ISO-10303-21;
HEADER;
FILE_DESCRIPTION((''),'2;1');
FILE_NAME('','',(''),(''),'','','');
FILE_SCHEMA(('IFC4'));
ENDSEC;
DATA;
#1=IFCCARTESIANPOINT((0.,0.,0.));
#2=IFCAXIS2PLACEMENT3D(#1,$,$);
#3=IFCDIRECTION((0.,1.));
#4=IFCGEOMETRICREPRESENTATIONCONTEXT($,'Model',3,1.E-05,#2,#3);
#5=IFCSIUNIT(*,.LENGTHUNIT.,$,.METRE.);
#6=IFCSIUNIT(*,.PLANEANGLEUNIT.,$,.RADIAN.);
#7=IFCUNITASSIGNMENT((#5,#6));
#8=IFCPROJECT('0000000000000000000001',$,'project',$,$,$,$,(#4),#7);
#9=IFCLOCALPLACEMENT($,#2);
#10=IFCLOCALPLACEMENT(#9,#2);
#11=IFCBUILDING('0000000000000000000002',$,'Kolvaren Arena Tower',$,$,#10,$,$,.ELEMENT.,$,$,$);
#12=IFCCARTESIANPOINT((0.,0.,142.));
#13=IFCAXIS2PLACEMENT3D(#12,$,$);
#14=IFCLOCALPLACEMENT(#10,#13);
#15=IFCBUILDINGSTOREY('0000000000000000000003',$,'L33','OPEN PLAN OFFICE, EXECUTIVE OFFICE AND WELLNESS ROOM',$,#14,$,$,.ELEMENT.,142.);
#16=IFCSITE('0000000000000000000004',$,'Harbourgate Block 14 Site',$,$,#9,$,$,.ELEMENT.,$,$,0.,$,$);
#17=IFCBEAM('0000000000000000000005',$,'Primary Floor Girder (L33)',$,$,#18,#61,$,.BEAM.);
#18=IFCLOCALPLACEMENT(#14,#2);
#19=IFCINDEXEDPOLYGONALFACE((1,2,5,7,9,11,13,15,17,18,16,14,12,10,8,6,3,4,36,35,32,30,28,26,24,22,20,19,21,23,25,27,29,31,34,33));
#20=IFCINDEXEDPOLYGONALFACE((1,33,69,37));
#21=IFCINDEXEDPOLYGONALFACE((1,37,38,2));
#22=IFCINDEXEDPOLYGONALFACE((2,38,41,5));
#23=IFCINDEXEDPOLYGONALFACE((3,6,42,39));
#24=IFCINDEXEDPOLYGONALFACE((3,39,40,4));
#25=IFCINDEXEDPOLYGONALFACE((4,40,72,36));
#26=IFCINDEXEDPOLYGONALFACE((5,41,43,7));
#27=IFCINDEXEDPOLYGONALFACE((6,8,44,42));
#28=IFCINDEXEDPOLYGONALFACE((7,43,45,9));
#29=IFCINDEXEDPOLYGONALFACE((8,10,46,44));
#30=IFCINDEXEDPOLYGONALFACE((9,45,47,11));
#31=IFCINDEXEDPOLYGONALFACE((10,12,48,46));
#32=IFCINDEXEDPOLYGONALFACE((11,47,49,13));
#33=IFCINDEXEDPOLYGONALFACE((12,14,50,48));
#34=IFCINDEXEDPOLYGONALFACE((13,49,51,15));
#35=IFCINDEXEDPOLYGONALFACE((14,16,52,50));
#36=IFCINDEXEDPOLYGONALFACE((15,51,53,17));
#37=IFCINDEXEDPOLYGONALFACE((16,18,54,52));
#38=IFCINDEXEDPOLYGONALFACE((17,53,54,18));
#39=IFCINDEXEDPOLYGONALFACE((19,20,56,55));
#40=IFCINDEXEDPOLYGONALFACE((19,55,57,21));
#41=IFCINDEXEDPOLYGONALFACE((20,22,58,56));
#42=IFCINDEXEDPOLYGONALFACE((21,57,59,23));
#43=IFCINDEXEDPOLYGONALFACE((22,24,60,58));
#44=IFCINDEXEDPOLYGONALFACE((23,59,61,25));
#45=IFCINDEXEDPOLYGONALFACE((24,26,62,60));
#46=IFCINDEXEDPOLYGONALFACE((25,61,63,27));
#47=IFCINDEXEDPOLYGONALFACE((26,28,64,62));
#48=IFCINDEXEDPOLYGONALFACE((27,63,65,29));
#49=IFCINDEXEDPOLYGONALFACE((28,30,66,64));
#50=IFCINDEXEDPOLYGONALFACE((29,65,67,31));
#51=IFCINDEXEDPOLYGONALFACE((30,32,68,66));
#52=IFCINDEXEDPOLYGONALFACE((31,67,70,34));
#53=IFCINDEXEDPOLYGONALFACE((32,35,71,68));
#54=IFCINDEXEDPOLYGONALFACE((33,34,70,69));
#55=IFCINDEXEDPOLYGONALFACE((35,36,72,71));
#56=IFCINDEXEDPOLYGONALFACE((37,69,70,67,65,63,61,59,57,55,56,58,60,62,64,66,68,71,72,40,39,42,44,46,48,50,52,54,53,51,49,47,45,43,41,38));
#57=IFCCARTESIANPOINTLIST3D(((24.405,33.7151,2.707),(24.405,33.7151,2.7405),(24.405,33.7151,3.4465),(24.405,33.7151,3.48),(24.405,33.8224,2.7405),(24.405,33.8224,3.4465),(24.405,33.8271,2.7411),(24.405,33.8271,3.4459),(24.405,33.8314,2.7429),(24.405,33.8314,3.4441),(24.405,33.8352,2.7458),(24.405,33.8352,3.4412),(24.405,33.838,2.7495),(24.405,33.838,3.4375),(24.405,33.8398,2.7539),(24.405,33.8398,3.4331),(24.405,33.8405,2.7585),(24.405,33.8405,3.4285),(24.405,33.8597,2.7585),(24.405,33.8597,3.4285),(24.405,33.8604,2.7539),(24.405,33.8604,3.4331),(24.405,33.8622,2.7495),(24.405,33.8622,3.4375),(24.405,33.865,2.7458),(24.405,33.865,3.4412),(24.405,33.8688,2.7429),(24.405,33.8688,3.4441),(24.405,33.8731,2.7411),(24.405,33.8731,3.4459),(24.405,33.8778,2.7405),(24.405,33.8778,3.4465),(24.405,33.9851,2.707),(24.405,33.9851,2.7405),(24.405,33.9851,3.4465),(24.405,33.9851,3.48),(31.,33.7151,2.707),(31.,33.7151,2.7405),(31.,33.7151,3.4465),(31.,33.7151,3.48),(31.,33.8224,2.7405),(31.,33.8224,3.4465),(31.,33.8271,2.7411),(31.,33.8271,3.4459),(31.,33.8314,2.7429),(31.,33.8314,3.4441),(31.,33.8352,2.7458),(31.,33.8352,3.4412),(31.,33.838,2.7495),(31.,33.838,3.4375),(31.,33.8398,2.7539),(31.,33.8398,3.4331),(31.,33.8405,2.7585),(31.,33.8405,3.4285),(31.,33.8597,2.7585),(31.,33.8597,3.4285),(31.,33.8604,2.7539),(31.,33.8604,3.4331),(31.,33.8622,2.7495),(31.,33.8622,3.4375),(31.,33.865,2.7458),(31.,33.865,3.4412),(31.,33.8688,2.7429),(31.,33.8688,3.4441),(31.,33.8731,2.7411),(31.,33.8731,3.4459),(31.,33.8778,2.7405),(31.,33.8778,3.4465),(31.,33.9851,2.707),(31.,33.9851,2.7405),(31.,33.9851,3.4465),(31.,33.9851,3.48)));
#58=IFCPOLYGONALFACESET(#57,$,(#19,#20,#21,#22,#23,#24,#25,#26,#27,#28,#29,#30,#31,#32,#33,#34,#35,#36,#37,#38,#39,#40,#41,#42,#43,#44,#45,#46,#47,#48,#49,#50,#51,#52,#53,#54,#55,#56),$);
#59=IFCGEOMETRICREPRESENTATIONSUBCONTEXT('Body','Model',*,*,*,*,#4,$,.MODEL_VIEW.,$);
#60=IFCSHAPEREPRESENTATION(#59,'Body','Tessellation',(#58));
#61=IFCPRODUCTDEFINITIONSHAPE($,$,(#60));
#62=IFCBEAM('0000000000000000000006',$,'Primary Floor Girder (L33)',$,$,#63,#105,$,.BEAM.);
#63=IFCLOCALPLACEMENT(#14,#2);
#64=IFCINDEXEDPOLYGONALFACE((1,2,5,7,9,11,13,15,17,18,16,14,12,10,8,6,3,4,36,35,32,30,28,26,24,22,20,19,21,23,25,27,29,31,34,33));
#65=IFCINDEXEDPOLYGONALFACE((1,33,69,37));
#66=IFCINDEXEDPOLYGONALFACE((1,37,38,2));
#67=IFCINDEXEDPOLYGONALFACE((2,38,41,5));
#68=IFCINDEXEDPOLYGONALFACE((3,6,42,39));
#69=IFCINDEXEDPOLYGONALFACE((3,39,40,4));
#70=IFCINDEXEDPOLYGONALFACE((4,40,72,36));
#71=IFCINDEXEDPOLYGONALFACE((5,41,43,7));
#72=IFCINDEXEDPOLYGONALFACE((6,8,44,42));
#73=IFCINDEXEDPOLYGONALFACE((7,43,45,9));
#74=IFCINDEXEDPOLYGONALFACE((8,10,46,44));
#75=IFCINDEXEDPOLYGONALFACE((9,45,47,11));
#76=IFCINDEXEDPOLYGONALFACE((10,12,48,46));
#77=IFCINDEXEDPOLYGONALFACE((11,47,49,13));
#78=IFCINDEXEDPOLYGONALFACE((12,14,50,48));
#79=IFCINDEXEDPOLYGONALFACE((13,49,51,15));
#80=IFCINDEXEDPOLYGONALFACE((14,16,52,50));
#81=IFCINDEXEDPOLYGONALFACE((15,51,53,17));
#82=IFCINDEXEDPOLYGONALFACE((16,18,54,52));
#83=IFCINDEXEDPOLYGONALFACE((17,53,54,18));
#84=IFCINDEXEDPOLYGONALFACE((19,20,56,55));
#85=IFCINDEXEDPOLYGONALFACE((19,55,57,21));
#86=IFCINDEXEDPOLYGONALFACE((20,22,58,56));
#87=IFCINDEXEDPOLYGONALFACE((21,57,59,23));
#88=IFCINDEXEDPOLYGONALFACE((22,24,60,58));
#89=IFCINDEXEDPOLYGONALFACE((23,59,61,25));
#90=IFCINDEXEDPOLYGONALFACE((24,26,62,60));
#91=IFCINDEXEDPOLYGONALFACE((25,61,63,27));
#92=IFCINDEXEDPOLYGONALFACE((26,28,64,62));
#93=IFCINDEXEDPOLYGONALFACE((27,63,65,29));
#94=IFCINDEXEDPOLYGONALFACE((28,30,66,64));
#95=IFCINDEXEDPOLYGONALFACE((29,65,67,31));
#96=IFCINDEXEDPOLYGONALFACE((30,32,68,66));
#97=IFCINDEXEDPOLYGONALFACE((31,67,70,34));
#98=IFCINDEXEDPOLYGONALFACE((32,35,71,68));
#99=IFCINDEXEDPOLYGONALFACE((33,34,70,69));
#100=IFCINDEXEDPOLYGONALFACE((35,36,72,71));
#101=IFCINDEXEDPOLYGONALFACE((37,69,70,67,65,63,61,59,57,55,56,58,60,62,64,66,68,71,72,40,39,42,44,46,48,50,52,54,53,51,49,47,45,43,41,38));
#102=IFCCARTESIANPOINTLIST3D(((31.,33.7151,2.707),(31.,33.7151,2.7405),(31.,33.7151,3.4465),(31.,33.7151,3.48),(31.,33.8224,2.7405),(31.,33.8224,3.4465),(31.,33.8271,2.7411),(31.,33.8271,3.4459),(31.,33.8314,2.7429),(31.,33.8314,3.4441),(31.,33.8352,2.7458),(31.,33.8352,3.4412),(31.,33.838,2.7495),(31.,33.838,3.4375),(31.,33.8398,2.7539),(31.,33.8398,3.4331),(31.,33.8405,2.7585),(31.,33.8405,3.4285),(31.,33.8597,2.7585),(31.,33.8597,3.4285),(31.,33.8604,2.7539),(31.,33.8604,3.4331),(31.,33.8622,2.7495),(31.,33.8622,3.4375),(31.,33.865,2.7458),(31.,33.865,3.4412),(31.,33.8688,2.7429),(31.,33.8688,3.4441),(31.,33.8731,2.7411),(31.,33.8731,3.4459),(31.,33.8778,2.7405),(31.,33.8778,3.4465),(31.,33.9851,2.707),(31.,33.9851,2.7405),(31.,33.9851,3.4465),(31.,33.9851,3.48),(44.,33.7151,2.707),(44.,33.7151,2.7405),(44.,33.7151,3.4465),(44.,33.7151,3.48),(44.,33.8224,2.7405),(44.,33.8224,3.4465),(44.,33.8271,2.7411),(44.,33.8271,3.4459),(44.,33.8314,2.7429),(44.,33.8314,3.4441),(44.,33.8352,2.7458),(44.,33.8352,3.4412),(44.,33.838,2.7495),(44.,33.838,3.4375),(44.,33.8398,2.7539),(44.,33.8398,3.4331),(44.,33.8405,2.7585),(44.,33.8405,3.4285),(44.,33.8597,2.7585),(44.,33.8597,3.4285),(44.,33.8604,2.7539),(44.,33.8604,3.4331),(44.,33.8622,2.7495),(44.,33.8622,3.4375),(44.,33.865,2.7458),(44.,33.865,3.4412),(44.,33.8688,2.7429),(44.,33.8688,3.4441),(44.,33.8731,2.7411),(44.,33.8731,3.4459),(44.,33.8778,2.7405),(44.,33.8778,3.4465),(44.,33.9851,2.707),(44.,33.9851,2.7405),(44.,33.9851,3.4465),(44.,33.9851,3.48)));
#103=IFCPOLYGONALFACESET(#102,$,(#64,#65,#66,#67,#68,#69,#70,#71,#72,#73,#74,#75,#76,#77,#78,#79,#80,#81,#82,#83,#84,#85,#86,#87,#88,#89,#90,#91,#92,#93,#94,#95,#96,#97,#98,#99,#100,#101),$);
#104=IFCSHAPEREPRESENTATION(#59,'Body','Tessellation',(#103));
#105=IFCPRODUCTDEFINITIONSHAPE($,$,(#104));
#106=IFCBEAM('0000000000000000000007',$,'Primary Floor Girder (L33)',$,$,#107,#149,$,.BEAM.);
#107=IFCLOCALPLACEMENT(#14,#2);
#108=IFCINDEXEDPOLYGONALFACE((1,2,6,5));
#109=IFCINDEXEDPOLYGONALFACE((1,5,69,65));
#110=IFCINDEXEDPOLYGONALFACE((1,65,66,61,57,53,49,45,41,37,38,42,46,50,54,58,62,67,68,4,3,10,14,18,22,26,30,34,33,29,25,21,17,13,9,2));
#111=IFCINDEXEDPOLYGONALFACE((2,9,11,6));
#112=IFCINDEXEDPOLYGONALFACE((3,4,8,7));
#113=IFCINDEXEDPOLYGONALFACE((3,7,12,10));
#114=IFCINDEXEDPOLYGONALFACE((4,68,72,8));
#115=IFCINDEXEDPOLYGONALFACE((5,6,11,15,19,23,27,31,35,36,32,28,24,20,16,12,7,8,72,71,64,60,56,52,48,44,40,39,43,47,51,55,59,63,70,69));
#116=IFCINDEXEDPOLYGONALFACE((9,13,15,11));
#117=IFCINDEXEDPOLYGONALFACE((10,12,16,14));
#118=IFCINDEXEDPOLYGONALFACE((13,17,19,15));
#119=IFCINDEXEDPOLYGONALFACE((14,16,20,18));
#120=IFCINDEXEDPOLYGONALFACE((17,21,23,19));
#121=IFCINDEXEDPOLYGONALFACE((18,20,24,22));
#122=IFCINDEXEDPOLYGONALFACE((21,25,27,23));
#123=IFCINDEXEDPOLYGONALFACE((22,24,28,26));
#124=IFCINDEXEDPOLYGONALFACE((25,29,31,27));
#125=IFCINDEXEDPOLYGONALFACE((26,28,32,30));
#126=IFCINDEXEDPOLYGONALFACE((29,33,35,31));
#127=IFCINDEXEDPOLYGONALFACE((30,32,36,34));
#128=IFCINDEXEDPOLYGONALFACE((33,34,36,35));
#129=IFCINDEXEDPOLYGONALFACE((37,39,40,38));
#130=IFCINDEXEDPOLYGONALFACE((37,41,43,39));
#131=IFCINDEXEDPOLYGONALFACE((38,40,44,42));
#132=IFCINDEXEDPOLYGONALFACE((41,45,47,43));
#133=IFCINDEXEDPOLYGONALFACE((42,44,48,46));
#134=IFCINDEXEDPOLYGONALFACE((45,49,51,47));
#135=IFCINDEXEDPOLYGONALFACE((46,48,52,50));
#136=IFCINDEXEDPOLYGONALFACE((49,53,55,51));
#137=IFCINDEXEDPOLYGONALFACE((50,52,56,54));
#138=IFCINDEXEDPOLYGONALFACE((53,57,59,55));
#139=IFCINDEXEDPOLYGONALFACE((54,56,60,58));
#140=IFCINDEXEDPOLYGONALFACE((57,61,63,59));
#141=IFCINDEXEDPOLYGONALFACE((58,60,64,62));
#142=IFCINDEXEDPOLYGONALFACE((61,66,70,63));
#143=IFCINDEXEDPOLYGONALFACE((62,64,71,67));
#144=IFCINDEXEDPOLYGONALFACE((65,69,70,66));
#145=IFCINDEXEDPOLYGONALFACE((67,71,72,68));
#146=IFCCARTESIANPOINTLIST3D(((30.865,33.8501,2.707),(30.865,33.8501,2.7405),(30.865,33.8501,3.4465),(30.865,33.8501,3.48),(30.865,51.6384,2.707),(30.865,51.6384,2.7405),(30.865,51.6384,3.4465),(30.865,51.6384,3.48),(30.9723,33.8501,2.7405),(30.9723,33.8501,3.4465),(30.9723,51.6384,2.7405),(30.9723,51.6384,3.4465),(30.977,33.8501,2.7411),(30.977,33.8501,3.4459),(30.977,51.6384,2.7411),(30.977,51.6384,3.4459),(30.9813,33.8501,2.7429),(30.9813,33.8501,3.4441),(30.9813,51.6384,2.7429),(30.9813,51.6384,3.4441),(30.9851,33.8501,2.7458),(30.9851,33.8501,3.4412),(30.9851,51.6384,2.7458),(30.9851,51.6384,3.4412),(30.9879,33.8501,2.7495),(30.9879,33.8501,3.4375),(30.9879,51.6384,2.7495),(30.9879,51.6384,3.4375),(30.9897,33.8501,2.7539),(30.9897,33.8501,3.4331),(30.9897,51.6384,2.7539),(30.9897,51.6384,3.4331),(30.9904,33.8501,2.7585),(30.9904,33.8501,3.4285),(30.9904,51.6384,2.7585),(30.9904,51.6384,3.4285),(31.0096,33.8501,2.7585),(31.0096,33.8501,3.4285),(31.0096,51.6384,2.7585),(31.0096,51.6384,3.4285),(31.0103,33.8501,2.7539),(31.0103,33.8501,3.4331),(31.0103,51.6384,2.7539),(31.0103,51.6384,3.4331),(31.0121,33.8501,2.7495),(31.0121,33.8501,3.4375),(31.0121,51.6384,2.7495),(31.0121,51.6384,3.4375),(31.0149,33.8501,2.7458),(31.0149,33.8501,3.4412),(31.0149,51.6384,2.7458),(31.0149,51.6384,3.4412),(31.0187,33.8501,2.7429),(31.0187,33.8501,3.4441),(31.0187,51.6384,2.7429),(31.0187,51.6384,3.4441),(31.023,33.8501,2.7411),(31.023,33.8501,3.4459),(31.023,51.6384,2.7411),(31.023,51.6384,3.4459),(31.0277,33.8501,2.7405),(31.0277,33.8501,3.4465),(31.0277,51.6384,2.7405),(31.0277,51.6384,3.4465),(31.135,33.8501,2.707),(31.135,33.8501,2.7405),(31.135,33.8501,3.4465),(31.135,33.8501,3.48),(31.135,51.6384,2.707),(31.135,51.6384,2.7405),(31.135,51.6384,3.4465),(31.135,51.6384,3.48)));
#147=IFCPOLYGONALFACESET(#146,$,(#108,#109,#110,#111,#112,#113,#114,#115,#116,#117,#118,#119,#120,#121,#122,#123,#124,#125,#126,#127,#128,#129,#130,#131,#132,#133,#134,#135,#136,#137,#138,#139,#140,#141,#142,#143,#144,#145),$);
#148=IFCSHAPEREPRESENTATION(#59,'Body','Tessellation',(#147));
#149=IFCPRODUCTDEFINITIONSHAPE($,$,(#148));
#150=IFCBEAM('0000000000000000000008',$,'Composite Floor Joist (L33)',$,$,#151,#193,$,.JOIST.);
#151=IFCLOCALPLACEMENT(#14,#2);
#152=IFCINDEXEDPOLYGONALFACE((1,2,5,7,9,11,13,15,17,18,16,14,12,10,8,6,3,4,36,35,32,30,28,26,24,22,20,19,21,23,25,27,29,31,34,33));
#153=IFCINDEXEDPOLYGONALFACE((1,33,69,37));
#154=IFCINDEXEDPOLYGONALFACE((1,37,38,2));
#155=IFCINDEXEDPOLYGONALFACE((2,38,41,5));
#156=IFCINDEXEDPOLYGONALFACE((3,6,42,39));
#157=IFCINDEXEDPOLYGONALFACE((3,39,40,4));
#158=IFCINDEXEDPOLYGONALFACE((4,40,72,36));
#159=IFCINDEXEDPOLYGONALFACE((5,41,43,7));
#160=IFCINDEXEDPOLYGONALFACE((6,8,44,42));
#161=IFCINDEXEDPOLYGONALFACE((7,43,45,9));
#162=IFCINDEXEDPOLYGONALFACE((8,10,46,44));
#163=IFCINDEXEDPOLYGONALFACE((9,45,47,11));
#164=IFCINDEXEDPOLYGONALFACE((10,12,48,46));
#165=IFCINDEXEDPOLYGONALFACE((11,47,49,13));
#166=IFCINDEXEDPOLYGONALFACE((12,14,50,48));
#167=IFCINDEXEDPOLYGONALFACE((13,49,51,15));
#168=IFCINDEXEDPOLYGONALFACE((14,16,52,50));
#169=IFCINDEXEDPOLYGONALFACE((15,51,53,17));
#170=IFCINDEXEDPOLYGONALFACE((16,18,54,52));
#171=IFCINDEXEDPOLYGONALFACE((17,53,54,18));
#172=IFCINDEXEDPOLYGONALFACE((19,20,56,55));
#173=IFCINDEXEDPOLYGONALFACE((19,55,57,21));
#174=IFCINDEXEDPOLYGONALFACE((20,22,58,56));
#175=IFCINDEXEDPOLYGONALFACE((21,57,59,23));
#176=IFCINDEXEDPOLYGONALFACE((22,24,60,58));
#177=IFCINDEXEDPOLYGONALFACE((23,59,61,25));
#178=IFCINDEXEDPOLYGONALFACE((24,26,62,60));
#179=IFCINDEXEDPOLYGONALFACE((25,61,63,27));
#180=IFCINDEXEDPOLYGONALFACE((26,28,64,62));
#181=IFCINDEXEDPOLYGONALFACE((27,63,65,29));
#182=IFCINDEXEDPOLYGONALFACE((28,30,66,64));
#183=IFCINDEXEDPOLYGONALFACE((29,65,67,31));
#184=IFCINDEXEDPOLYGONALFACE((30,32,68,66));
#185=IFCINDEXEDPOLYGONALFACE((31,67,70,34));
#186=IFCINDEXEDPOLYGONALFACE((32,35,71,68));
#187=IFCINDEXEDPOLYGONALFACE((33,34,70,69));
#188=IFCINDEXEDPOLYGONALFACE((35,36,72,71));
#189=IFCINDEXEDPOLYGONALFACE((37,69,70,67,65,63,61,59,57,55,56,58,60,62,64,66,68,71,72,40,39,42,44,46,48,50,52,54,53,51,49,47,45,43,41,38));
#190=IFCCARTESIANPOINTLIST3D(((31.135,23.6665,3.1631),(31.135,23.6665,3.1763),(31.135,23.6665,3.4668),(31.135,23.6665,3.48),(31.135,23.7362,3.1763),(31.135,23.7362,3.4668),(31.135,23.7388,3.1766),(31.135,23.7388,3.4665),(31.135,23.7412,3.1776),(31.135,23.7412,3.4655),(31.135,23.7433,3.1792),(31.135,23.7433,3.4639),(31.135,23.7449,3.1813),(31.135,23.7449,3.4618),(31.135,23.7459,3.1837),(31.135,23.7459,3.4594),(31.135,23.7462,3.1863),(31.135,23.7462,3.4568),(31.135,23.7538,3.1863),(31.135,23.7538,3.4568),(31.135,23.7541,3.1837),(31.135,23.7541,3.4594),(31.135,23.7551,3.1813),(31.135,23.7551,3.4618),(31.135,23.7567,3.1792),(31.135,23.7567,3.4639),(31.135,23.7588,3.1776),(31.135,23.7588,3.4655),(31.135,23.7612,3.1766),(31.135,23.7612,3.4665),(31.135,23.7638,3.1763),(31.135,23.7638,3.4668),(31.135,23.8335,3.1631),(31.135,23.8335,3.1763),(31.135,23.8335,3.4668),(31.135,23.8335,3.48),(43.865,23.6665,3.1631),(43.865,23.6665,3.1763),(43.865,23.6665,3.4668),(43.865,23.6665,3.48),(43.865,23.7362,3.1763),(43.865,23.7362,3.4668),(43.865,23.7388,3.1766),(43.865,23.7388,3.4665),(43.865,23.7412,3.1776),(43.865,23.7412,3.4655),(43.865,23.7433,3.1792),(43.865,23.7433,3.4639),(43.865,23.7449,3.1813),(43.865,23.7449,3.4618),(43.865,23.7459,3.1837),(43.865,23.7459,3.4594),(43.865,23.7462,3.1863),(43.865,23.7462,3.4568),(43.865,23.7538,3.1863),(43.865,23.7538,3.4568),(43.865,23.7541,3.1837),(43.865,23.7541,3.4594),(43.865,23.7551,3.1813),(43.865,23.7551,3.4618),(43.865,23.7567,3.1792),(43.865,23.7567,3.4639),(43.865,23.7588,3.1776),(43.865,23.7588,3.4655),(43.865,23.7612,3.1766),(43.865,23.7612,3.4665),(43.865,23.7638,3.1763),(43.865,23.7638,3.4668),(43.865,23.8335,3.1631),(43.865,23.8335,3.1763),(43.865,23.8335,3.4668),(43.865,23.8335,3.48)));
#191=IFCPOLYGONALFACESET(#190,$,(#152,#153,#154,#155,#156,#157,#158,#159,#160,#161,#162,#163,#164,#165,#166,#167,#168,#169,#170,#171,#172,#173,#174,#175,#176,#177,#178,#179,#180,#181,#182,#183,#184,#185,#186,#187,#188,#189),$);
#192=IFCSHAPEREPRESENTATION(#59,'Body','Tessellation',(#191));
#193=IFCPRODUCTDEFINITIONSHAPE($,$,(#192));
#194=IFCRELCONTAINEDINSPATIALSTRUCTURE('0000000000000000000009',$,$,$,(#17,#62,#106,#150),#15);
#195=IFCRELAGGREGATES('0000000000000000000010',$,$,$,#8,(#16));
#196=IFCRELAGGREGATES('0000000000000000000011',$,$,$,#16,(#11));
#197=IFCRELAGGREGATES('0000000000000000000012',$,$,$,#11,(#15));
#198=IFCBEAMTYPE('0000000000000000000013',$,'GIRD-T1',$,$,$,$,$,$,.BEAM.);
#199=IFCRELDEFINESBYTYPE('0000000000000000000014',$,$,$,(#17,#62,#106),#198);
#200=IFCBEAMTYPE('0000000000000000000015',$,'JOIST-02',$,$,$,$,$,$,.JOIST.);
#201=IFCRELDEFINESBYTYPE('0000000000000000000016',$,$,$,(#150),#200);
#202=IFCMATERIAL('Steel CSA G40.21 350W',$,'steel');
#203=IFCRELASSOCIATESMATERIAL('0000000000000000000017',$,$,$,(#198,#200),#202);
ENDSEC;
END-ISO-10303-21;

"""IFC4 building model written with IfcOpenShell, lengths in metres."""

from ifc_helpers import new_model, si_unit, direction, frame, origin, origin_2d, place, context, subcontext, project, spatial, i_section, extrude, material, material_profile, profile_set, type_object, element, save


model = new_model("IFC4")

# Units and contexts
model_context = context("Model", 3, precision=1e-05, world=origin(), true_north=direction((0.0, 1.0)))
body_context = subcontext(model_context, "Body", "Model", "MODEL_VIEW")
ifc_project = project(units=[si_unit("LENGTHUNIT", "METRE"), si_unit("PLANEANGLEUNIT", "RADIAN")], contexts=[model_context])

# Site, building, storey
site_placement = place(None, origin())
site = spatial("IfcSite", under=ifc_project, at=site_placement, Name="Harbourgate Block 14 Site", CompositionType="ELEMENT", RefElevation=0.0)
building_placement = place(site_placement, origin())
building = spatial("IfcBuilding", under=site, at=building_placement, Name="Kolvaren Arena Tower", CompositionType="ELEMENT")
storey_placement = place(building_placement, frame((0.0, 0.0, 142.0)))
storey = spatial("IfcBuildingStorey", under=building, at=storey_placement, Name="L33", Description="OPEN PLAN OFFICE, EXECUTIVE OFFICE AND WELLNESS ROOM", CompositionType="ELEMENT", Elevation=142.0)

# Beams
ifc_material_1 = material(Name="Steel CSA G40.21 350W", Category="steel")
ifc_material_profile_1 = material_profile(ifc_material_1, i_section(OverallWidth=0.27, OverallDepth=0.7729, WebThickness=0.0193, FlangeThickness=0.0334, FilletRadius=0.0181, at=origin_2d()), Name="W760x257")
ifc_profile_set_1 = profile_set([ifc_material_profile_1], Name="Steel CSA G40.21 350W")
beam_type_1 = type_object("IfcBeamType", Name="GIRD-T1", PredefinedType="BEAM", material=ifc_profile_set_1)
beam_1_placement = place(storey_placement, frame((24.405, 33.8501, 3.0935), z_axis=(1.0, 0.0, 0.0), x_axis=(0.0, 1.0, 0.0)))
element("IfcBeam", 1, at=beam_1_placement, inside=storey, type_object=beam_type_1, Name="Primary Floor Girder (L33)", PredefinedType="BEAM", context=body_context, shape_type="SweptSolid", body=[
    extrude(i_section(OverallWidth=0.27, OverallDepth=0.7729, WebThickness=0.0193, FlangeThickness=0.0334, FilletRadius=0.0181, at=origin_2d()), origin(), (0.0, 0.0, 1.0), 6.595),
])
beam_2_placement = place(storey_placement, frame((31.0, 33.8501, 3.0935), z_axis=(1.0, 0.0, 0.0), x_axis=(0.0, 1.0, 0.0)))
element("IfcBeam", 2, at=beam_2_placement, inside=storey, type_object=beam_type_1, Name="Primary Floor Girder (L33)", PredefinedType="BEAM", context=body_context, shape_type="SweptSolid", body=[
    extrude(i_section(OverallWidth=0.27, OverallDepth=0.7729, WebThickness=0.0193, FlangeThickness=0.0334, FilletRadius=0.0181, at=origin_2d()), origin(), (0.0, 0.0, 1.0), 13.0),
])
beam_3_placement = place(storey_placement, frame((31.0, 33.8501, 3.0935), z_axis=(0.0, 1.0, 0.0), x_axis=(-1.0, 0.0, 0.0)))
element("IfcBeam", 3, at=beam_3_placement, inside=storey, type_object=beam_type_1, Name="Primary Floor Girder (L33)", PredefinedType="BEAM", context=body_context, shape_type="SweptSolid", body=[
    extrude(i_section(OverallWidth=0.27, OverallDepth=0.7729, WebThickness=0.0193, FlangeThickness=0.0334, FilletRadius=0.0181, at=origin_2d()), origin(), (0.0, 0.0, 1.0), 17.7883),
])
ifc_material_profile_2 = material_profile(ifc_material_1, i_section(OverallWidth=0.167, OverallDepth=0.3169, WebThickness=0.0076, FlangeThickness=0.0132, FilletRadius=0.01, at=origin_2d()), Name="W310x52")
ifc_profile_set_2 = profile_set([ifc_material_profile_2], Name="Steel CSA G40.21 350W")
beam_type_2 = type_object("IfcBeamType", Name="JOIST-02", PredefinedType="JOIST", material=ifc_profile_set_2)
beam_4_placement = place(storey_placement, frame((31.135, 23.75, 3.3215), z_axis=(1.0, 0.0, 0.0), x_axis=(0.0, 1.0, 0.0)))
element("IfcBeam", 4, at=beam_4_placement, inside=storey, type_object=beam_type_2, Name="Composite Floor Joist (L33)", PredefinedType="JOIST", context=body_context, shape_type="SweptSolid", body=[
    extrude(i_section(OverallWidth=0.167, OverallDepth=0.3169, WebThickness=0.0076, FlangeThickness=0.0132, FilletRadius=0.01, at=origin_2d()), origin(), (0.0, 0.0, 1.0), 12.73),
])

save(model, "model.ifc")
